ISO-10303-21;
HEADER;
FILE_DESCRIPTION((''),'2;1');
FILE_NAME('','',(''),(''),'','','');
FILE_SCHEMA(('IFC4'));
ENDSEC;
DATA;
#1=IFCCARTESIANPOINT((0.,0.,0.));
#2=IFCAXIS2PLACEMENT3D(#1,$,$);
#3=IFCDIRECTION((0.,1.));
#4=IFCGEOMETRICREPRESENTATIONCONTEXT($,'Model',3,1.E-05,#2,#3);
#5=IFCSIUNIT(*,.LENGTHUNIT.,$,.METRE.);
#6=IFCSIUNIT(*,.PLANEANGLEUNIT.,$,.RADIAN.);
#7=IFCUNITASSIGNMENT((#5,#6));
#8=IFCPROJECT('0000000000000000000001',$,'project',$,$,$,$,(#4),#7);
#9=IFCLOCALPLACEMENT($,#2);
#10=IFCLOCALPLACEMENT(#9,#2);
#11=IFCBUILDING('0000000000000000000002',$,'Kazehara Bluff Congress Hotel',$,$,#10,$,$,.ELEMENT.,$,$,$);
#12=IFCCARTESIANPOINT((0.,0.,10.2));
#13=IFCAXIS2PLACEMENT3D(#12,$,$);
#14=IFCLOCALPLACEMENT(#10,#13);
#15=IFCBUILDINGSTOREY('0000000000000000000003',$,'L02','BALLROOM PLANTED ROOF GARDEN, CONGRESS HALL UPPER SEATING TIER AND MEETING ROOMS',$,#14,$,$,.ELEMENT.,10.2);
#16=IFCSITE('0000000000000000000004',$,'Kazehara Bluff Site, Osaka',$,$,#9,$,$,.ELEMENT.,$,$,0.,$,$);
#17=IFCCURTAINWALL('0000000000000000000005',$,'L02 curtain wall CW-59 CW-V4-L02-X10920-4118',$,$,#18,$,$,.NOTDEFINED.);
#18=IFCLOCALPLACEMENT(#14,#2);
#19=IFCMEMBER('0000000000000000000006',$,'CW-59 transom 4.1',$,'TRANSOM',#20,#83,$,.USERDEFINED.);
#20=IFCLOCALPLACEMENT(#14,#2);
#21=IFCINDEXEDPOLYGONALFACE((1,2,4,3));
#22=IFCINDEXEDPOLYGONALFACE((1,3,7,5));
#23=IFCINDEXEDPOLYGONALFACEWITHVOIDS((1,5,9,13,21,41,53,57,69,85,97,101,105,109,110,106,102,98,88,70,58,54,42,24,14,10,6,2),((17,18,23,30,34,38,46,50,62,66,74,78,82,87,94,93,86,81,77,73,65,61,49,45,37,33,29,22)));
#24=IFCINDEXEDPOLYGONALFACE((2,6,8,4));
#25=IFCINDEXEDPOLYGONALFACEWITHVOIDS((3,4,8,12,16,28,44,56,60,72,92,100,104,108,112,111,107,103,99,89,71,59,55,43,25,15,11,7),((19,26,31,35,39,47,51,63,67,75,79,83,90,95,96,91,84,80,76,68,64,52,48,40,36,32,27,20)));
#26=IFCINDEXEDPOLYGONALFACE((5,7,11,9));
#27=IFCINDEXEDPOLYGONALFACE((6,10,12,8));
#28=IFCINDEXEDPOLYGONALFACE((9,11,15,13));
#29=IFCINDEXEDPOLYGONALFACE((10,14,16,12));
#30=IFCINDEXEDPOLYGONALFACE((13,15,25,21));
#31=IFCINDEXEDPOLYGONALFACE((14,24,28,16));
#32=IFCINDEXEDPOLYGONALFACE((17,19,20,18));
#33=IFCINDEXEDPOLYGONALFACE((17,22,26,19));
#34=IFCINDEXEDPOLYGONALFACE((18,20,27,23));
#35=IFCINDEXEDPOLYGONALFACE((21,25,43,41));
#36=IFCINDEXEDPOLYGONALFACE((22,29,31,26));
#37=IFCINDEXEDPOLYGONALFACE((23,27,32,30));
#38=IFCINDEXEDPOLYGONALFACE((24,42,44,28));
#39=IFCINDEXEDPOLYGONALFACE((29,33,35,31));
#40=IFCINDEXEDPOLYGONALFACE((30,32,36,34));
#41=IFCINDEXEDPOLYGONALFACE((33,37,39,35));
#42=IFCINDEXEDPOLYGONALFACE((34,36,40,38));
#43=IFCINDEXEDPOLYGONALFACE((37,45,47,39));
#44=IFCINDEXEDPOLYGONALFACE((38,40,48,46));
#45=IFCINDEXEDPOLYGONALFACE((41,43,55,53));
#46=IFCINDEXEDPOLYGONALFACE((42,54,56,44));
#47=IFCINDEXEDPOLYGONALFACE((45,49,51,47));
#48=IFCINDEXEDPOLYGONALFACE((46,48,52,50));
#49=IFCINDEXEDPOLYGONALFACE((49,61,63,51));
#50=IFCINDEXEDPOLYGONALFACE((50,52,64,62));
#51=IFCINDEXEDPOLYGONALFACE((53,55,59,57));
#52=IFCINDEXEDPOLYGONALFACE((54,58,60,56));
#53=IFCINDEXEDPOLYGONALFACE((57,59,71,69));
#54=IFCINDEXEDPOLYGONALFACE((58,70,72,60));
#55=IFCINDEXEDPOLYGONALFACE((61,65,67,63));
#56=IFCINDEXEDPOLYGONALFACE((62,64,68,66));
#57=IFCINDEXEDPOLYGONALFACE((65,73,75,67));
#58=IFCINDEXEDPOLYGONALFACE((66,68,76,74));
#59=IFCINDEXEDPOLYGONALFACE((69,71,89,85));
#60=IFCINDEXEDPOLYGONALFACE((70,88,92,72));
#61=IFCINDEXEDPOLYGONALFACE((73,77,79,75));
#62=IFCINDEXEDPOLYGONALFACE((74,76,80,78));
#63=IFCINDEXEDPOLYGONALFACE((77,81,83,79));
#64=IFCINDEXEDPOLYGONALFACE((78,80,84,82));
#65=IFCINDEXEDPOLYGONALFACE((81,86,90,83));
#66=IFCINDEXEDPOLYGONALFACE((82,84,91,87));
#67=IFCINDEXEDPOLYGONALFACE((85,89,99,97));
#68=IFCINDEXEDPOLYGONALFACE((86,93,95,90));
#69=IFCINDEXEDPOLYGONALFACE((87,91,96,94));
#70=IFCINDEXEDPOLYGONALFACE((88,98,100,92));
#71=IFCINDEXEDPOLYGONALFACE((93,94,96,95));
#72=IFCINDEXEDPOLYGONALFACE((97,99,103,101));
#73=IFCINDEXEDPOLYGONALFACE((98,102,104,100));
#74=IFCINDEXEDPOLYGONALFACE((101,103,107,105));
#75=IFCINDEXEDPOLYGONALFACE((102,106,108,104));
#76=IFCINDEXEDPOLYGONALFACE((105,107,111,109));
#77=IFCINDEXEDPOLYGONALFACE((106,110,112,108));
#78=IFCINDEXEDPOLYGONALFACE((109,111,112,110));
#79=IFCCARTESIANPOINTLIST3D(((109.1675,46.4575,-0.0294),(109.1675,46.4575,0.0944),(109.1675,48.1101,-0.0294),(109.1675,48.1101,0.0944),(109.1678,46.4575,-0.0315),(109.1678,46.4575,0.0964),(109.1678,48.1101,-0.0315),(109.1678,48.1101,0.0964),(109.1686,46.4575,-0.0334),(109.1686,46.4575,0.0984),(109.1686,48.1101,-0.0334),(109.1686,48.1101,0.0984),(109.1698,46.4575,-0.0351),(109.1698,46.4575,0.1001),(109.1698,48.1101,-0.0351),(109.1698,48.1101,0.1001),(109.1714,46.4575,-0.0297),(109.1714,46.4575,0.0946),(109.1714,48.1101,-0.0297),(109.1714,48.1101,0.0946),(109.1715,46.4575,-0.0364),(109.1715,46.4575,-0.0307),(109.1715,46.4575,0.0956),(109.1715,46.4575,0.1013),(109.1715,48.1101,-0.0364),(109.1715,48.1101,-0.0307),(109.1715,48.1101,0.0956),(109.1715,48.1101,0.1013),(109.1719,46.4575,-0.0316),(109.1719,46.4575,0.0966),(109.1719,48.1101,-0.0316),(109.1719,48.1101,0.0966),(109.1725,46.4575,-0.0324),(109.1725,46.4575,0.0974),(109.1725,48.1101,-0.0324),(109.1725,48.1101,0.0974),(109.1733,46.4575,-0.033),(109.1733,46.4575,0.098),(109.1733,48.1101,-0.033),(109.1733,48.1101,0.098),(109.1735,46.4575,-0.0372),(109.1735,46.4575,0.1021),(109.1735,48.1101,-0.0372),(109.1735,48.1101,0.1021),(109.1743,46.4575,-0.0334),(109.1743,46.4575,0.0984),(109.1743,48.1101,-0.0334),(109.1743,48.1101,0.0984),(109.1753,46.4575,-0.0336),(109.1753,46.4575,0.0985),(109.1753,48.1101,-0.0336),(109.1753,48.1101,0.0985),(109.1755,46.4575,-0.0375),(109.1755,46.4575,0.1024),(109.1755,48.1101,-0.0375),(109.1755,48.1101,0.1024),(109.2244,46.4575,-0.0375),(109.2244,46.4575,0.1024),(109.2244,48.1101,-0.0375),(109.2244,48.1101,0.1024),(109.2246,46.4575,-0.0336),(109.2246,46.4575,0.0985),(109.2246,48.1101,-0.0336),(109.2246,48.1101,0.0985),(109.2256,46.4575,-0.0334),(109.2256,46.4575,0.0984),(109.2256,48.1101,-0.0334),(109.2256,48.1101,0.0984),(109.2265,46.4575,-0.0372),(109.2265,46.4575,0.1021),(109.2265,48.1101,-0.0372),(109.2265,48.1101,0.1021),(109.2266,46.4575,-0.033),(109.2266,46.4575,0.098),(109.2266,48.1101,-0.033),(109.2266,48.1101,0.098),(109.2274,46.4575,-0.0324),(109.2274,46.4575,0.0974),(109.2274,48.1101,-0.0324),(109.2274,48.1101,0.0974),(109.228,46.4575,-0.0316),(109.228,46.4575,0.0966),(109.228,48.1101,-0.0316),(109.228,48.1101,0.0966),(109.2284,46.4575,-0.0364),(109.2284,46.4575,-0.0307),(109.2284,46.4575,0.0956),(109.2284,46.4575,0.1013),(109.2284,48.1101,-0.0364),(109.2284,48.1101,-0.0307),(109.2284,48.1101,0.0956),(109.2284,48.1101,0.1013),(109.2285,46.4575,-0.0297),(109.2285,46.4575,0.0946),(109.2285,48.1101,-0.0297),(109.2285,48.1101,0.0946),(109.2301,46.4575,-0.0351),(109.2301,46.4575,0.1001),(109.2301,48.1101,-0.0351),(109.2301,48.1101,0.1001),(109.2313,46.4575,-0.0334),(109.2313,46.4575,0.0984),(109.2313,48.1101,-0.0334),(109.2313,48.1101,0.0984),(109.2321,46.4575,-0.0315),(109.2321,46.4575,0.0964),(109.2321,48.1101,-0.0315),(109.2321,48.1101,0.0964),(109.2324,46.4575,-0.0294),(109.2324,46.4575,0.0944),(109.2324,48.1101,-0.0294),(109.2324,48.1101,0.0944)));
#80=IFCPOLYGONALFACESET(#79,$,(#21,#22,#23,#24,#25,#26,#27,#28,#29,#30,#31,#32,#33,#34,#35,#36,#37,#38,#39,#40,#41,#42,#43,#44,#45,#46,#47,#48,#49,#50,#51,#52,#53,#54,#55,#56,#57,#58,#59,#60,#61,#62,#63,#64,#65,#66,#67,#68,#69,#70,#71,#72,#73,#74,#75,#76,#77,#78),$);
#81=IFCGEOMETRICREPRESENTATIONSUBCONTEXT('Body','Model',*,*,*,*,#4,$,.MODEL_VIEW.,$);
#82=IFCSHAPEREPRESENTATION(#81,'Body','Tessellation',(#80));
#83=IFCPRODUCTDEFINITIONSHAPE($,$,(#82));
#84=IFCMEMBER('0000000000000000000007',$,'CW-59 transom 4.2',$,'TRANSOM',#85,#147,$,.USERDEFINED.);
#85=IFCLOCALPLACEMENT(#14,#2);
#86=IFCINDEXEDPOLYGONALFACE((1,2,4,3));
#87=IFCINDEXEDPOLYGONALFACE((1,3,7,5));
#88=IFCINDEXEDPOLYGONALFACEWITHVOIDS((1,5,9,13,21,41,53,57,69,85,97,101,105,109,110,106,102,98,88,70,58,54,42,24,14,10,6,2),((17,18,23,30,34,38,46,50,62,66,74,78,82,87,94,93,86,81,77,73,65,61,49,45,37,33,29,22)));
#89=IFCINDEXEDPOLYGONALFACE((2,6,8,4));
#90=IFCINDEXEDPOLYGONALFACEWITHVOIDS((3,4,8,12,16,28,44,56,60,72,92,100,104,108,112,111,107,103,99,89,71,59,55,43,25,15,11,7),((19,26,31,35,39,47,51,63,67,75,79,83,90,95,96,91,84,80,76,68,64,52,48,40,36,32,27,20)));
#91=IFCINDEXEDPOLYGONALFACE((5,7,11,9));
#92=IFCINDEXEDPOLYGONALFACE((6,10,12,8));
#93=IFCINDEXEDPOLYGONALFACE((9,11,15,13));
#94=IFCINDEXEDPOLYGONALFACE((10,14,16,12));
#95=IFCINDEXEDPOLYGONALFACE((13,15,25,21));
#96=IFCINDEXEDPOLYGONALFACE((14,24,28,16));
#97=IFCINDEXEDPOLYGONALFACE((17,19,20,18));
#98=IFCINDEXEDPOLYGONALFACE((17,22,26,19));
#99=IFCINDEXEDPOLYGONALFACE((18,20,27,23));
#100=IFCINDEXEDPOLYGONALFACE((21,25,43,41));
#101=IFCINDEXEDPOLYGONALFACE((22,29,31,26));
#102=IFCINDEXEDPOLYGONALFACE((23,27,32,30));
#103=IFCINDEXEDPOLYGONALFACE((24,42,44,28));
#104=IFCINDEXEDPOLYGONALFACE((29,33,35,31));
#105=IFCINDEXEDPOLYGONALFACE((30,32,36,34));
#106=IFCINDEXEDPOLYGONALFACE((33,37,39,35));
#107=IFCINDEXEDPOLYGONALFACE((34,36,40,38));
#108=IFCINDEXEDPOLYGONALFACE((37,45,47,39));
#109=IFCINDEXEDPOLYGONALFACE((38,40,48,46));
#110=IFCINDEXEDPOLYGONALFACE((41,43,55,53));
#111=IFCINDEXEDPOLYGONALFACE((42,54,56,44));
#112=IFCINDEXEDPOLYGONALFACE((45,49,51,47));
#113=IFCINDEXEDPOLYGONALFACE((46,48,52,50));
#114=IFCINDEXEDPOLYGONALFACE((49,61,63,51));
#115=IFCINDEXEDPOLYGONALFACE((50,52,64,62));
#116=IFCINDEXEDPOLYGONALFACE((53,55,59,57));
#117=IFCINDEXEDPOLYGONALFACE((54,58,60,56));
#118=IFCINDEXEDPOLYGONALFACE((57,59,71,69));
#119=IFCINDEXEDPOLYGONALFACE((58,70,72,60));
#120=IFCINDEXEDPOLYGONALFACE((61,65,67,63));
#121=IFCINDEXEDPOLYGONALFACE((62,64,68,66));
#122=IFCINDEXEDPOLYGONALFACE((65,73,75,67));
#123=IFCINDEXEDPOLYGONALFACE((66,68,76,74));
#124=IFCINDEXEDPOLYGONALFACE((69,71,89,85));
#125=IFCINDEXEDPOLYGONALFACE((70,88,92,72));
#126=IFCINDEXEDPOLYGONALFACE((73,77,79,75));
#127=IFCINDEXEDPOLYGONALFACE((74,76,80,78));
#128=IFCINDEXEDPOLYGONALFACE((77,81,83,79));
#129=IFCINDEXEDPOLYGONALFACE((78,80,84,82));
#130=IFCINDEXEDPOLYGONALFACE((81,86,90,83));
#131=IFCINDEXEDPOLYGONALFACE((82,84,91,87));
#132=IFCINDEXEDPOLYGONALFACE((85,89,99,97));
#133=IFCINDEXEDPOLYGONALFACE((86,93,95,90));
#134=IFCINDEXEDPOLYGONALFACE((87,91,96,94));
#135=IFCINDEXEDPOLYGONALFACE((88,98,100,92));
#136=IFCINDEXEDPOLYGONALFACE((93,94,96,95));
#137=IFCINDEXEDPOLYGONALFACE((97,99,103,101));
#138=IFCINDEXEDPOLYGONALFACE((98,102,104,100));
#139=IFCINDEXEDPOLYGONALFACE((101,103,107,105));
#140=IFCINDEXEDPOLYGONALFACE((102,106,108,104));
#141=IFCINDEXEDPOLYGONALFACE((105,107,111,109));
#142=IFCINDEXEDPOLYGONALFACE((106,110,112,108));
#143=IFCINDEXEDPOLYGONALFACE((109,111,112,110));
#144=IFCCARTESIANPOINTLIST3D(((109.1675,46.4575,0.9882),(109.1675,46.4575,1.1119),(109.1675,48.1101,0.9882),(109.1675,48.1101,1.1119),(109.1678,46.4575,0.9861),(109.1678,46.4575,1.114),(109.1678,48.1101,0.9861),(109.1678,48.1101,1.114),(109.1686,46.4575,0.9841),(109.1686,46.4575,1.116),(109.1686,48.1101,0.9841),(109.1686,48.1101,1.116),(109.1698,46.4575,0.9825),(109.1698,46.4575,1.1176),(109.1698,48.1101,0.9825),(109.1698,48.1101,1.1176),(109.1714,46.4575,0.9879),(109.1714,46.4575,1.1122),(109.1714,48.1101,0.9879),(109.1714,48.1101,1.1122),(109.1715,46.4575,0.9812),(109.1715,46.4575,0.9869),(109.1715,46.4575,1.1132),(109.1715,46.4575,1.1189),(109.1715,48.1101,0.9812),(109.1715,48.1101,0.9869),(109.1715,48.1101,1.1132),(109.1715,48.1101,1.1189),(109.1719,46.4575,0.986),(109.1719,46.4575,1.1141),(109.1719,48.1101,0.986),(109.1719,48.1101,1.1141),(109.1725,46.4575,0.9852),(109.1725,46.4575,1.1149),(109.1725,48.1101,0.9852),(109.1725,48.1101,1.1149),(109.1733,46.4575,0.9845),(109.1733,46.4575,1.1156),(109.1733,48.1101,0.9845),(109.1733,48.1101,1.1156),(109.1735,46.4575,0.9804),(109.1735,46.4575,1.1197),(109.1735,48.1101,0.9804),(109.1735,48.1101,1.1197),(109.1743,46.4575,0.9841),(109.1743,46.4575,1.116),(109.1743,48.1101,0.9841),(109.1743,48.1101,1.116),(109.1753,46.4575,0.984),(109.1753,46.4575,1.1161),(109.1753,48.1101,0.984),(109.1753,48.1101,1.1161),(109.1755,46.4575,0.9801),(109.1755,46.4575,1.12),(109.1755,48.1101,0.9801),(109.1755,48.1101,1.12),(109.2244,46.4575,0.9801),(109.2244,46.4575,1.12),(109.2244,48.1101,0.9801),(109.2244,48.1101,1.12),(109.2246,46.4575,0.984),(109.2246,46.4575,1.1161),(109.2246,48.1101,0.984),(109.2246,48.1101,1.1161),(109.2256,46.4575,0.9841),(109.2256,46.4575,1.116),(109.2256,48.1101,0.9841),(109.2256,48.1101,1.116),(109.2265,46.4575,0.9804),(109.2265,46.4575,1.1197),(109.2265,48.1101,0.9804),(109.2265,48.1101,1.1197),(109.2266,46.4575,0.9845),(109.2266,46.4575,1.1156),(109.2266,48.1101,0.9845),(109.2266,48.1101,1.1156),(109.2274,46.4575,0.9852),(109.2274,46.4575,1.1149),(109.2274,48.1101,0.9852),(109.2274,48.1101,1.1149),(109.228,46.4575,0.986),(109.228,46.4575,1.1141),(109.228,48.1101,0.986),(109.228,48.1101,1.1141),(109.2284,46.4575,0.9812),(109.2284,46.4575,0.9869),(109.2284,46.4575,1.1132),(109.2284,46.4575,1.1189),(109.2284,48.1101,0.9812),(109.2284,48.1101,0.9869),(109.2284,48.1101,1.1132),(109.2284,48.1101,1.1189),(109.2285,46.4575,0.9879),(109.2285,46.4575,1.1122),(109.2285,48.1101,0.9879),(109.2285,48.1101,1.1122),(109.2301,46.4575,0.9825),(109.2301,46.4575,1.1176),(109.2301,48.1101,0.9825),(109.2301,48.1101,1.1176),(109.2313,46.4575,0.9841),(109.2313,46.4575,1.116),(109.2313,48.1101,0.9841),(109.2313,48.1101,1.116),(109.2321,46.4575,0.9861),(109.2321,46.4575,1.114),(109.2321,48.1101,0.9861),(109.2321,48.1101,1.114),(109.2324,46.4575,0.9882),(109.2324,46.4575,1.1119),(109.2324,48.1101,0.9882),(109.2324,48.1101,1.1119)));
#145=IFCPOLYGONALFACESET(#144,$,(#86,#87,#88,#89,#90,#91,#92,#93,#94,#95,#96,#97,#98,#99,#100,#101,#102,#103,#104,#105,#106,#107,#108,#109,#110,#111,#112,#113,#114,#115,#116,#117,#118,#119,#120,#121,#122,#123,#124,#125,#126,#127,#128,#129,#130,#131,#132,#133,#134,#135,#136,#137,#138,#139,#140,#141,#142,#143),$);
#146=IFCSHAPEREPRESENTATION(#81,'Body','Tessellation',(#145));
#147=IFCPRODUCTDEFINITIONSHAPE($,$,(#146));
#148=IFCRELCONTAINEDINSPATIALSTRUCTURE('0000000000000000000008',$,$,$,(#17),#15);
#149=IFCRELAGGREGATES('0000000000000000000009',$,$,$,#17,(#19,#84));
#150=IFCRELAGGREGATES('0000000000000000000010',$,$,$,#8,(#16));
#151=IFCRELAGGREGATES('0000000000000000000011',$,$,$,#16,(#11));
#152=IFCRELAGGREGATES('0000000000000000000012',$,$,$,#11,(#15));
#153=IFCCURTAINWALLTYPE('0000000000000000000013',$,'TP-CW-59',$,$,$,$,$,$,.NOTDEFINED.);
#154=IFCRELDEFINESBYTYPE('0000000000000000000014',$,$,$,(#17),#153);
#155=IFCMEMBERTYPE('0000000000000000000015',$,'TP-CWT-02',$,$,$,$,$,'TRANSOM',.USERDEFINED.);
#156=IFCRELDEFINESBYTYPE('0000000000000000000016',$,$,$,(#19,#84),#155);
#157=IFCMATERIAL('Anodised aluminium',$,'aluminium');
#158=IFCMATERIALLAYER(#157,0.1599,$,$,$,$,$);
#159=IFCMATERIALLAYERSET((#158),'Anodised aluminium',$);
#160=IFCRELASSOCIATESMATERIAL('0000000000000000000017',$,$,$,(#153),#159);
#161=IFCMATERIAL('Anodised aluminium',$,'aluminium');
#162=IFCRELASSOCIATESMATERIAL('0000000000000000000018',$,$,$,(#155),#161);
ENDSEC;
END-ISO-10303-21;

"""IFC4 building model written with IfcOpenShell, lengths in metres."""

from ifc_helpers import new_model, si_unit, direction, frame, origin, origin_2d, place, context, subcontext, project, spatial, hollow_rectangle, extrude, material, layer, layer_set, material_profile, profile_set, type_object, element, aggregate, save


model = new_model("IFC4")

# Units and contexts
model_context = context("Model", 3, precision=1e-05, world=origin(), true_north=direction((0.0, 1.0)))
body_context = subcontext(model_context, "Body", "Model", "MODEL_VIEW")
ifc_project = project(units=[si_unit("LENGTHUNIT", "METRE"), si_unit("PLANEANGLEUNIT", "RADIAN")], contexts=[model_context])

# Site, building, storey
site_placement = place(None, origin())
site = spatial("IfcSite", under=ifc_project, at=site_placement, Name="Kazehara Bluff Site, Osaka", CompositionType="ELEMENT", RefElevation=0.0)
building_placement = place(site_placement, origin())
building = spatial("IfcBuilding", under=site, at=building_placement, Name="Kazehara Bluff Congress Hotel", CompositionType="ELEMENT")
storey_placement = place(building_placement, frame((0.0, 0.0, 10.2)))
storey = spatial("IfcBuildingStorey", under=building, at=storey_placement, Name="L02", Description="BALLROOM PLANTED ROOF GARDEN, CONGRESS HALL UPPER SEATING TIER AND MEETING ROOMS", CompositionType="ELEMENT", Elevation=10.2)

# Curtain wall
ifc_material_1 = material(Name="Anodised aluminium", Category="aluminium")
ifc_layer_1 = layer(ifc_material_1, 0.1599)
ifc_layer_set_1 = layer_set([ifc_layer_1], Name="Anodised aluminium")
curtain_wall_type_1 = type_object("IfcCurtainWallType", Name="TP-CW-59", PredefinedType="NOTDEFINED", material=ifc_layer_set_1)
curtain_wall_1_placement = place(storey_placement, origin())
curtain_wall_1 = element("IfcCurtainWall", 1, at=curtain_wall_1_placement, inside=storey, type_object=curtain_wall_type_1, Name="L02 curtain wall CW-59 CW-V4-L02-X10920-4118", PredefinedType="NOTDEFINED")

# Members
ifc_material_2 = material(Name="Anodised aluminium", Category="aluminium")
ifc_material_profile_1 = material_profile(ifc_material_2, hollow_rectangle(XDim=0.0649, YDim=0.1399, WallThickness=0.0039, InnerFilletRadius=0.0039, OuterFilletRadius=0.0081, at=origin_2d()))
ifc_profile_set_1 = profile_set([ifc_material_profile_1], Name="Anodised aluminium")
member_type_1 = type_object("IfcMemberType", Name="TP-CWT-02", ElementType="TRANSOM", PredefinedType="USERDEFINED", material=ifc_profile_set_1)
member_1_placement = place(storey_placement, frame((109.2, 46.4575, 0.0325), z_axis=(0.0, 1.0, 0.0), x_axis=(-1.0, 0.0, 0.0)))
member_1 = element("IfcMember", 2, at=member_1_placement, type_object=member_type_1, Name="CW-59 transom 4.1", ObjectType="TRANSOM", PredefinedType="USERDEFINED", context=body_context, shape_type="SweptSolid", body=[
    extrude(hollow_rectangle(XDim=0.0649, YDim=0.1399, WallThickness=0.0039, InnerFilletRadius=0.0039, OuterFilletRadius=0.0081, at=origin_2d()), origin(), (0.0, 0.0, 1.0), 1.6526),
])
member_2_placement = place(storey_placement, frame((109.2, 46.4575, 1.05), z_axis=(0.0, 1.0, 0.0), x_axis=(-1.0, 0.0, 0.0)))
member_2 = element("IfcMember", 3, at=member_2_placement, type_object=member_type_1, Name="CW-59 transom 4.2", ObjectType="TRANSOM", PredefinedType="USERDEFINED", context=body_context, shape_type="SweptSolid", body=[
    extrude(hollow_rectangle(XDim=0.0649, YDim=0.1399, WallThickness=0.0039, InnerFilletRadius=0.0039, OuterFilletRadius=0.0081, at=origin_2d()), origin(), (0.0, 0.0, 1.0), 1.6526),
])

aggregate(curtain_wall_1, [member_1, member_2])

save(model, "model.ifc")
